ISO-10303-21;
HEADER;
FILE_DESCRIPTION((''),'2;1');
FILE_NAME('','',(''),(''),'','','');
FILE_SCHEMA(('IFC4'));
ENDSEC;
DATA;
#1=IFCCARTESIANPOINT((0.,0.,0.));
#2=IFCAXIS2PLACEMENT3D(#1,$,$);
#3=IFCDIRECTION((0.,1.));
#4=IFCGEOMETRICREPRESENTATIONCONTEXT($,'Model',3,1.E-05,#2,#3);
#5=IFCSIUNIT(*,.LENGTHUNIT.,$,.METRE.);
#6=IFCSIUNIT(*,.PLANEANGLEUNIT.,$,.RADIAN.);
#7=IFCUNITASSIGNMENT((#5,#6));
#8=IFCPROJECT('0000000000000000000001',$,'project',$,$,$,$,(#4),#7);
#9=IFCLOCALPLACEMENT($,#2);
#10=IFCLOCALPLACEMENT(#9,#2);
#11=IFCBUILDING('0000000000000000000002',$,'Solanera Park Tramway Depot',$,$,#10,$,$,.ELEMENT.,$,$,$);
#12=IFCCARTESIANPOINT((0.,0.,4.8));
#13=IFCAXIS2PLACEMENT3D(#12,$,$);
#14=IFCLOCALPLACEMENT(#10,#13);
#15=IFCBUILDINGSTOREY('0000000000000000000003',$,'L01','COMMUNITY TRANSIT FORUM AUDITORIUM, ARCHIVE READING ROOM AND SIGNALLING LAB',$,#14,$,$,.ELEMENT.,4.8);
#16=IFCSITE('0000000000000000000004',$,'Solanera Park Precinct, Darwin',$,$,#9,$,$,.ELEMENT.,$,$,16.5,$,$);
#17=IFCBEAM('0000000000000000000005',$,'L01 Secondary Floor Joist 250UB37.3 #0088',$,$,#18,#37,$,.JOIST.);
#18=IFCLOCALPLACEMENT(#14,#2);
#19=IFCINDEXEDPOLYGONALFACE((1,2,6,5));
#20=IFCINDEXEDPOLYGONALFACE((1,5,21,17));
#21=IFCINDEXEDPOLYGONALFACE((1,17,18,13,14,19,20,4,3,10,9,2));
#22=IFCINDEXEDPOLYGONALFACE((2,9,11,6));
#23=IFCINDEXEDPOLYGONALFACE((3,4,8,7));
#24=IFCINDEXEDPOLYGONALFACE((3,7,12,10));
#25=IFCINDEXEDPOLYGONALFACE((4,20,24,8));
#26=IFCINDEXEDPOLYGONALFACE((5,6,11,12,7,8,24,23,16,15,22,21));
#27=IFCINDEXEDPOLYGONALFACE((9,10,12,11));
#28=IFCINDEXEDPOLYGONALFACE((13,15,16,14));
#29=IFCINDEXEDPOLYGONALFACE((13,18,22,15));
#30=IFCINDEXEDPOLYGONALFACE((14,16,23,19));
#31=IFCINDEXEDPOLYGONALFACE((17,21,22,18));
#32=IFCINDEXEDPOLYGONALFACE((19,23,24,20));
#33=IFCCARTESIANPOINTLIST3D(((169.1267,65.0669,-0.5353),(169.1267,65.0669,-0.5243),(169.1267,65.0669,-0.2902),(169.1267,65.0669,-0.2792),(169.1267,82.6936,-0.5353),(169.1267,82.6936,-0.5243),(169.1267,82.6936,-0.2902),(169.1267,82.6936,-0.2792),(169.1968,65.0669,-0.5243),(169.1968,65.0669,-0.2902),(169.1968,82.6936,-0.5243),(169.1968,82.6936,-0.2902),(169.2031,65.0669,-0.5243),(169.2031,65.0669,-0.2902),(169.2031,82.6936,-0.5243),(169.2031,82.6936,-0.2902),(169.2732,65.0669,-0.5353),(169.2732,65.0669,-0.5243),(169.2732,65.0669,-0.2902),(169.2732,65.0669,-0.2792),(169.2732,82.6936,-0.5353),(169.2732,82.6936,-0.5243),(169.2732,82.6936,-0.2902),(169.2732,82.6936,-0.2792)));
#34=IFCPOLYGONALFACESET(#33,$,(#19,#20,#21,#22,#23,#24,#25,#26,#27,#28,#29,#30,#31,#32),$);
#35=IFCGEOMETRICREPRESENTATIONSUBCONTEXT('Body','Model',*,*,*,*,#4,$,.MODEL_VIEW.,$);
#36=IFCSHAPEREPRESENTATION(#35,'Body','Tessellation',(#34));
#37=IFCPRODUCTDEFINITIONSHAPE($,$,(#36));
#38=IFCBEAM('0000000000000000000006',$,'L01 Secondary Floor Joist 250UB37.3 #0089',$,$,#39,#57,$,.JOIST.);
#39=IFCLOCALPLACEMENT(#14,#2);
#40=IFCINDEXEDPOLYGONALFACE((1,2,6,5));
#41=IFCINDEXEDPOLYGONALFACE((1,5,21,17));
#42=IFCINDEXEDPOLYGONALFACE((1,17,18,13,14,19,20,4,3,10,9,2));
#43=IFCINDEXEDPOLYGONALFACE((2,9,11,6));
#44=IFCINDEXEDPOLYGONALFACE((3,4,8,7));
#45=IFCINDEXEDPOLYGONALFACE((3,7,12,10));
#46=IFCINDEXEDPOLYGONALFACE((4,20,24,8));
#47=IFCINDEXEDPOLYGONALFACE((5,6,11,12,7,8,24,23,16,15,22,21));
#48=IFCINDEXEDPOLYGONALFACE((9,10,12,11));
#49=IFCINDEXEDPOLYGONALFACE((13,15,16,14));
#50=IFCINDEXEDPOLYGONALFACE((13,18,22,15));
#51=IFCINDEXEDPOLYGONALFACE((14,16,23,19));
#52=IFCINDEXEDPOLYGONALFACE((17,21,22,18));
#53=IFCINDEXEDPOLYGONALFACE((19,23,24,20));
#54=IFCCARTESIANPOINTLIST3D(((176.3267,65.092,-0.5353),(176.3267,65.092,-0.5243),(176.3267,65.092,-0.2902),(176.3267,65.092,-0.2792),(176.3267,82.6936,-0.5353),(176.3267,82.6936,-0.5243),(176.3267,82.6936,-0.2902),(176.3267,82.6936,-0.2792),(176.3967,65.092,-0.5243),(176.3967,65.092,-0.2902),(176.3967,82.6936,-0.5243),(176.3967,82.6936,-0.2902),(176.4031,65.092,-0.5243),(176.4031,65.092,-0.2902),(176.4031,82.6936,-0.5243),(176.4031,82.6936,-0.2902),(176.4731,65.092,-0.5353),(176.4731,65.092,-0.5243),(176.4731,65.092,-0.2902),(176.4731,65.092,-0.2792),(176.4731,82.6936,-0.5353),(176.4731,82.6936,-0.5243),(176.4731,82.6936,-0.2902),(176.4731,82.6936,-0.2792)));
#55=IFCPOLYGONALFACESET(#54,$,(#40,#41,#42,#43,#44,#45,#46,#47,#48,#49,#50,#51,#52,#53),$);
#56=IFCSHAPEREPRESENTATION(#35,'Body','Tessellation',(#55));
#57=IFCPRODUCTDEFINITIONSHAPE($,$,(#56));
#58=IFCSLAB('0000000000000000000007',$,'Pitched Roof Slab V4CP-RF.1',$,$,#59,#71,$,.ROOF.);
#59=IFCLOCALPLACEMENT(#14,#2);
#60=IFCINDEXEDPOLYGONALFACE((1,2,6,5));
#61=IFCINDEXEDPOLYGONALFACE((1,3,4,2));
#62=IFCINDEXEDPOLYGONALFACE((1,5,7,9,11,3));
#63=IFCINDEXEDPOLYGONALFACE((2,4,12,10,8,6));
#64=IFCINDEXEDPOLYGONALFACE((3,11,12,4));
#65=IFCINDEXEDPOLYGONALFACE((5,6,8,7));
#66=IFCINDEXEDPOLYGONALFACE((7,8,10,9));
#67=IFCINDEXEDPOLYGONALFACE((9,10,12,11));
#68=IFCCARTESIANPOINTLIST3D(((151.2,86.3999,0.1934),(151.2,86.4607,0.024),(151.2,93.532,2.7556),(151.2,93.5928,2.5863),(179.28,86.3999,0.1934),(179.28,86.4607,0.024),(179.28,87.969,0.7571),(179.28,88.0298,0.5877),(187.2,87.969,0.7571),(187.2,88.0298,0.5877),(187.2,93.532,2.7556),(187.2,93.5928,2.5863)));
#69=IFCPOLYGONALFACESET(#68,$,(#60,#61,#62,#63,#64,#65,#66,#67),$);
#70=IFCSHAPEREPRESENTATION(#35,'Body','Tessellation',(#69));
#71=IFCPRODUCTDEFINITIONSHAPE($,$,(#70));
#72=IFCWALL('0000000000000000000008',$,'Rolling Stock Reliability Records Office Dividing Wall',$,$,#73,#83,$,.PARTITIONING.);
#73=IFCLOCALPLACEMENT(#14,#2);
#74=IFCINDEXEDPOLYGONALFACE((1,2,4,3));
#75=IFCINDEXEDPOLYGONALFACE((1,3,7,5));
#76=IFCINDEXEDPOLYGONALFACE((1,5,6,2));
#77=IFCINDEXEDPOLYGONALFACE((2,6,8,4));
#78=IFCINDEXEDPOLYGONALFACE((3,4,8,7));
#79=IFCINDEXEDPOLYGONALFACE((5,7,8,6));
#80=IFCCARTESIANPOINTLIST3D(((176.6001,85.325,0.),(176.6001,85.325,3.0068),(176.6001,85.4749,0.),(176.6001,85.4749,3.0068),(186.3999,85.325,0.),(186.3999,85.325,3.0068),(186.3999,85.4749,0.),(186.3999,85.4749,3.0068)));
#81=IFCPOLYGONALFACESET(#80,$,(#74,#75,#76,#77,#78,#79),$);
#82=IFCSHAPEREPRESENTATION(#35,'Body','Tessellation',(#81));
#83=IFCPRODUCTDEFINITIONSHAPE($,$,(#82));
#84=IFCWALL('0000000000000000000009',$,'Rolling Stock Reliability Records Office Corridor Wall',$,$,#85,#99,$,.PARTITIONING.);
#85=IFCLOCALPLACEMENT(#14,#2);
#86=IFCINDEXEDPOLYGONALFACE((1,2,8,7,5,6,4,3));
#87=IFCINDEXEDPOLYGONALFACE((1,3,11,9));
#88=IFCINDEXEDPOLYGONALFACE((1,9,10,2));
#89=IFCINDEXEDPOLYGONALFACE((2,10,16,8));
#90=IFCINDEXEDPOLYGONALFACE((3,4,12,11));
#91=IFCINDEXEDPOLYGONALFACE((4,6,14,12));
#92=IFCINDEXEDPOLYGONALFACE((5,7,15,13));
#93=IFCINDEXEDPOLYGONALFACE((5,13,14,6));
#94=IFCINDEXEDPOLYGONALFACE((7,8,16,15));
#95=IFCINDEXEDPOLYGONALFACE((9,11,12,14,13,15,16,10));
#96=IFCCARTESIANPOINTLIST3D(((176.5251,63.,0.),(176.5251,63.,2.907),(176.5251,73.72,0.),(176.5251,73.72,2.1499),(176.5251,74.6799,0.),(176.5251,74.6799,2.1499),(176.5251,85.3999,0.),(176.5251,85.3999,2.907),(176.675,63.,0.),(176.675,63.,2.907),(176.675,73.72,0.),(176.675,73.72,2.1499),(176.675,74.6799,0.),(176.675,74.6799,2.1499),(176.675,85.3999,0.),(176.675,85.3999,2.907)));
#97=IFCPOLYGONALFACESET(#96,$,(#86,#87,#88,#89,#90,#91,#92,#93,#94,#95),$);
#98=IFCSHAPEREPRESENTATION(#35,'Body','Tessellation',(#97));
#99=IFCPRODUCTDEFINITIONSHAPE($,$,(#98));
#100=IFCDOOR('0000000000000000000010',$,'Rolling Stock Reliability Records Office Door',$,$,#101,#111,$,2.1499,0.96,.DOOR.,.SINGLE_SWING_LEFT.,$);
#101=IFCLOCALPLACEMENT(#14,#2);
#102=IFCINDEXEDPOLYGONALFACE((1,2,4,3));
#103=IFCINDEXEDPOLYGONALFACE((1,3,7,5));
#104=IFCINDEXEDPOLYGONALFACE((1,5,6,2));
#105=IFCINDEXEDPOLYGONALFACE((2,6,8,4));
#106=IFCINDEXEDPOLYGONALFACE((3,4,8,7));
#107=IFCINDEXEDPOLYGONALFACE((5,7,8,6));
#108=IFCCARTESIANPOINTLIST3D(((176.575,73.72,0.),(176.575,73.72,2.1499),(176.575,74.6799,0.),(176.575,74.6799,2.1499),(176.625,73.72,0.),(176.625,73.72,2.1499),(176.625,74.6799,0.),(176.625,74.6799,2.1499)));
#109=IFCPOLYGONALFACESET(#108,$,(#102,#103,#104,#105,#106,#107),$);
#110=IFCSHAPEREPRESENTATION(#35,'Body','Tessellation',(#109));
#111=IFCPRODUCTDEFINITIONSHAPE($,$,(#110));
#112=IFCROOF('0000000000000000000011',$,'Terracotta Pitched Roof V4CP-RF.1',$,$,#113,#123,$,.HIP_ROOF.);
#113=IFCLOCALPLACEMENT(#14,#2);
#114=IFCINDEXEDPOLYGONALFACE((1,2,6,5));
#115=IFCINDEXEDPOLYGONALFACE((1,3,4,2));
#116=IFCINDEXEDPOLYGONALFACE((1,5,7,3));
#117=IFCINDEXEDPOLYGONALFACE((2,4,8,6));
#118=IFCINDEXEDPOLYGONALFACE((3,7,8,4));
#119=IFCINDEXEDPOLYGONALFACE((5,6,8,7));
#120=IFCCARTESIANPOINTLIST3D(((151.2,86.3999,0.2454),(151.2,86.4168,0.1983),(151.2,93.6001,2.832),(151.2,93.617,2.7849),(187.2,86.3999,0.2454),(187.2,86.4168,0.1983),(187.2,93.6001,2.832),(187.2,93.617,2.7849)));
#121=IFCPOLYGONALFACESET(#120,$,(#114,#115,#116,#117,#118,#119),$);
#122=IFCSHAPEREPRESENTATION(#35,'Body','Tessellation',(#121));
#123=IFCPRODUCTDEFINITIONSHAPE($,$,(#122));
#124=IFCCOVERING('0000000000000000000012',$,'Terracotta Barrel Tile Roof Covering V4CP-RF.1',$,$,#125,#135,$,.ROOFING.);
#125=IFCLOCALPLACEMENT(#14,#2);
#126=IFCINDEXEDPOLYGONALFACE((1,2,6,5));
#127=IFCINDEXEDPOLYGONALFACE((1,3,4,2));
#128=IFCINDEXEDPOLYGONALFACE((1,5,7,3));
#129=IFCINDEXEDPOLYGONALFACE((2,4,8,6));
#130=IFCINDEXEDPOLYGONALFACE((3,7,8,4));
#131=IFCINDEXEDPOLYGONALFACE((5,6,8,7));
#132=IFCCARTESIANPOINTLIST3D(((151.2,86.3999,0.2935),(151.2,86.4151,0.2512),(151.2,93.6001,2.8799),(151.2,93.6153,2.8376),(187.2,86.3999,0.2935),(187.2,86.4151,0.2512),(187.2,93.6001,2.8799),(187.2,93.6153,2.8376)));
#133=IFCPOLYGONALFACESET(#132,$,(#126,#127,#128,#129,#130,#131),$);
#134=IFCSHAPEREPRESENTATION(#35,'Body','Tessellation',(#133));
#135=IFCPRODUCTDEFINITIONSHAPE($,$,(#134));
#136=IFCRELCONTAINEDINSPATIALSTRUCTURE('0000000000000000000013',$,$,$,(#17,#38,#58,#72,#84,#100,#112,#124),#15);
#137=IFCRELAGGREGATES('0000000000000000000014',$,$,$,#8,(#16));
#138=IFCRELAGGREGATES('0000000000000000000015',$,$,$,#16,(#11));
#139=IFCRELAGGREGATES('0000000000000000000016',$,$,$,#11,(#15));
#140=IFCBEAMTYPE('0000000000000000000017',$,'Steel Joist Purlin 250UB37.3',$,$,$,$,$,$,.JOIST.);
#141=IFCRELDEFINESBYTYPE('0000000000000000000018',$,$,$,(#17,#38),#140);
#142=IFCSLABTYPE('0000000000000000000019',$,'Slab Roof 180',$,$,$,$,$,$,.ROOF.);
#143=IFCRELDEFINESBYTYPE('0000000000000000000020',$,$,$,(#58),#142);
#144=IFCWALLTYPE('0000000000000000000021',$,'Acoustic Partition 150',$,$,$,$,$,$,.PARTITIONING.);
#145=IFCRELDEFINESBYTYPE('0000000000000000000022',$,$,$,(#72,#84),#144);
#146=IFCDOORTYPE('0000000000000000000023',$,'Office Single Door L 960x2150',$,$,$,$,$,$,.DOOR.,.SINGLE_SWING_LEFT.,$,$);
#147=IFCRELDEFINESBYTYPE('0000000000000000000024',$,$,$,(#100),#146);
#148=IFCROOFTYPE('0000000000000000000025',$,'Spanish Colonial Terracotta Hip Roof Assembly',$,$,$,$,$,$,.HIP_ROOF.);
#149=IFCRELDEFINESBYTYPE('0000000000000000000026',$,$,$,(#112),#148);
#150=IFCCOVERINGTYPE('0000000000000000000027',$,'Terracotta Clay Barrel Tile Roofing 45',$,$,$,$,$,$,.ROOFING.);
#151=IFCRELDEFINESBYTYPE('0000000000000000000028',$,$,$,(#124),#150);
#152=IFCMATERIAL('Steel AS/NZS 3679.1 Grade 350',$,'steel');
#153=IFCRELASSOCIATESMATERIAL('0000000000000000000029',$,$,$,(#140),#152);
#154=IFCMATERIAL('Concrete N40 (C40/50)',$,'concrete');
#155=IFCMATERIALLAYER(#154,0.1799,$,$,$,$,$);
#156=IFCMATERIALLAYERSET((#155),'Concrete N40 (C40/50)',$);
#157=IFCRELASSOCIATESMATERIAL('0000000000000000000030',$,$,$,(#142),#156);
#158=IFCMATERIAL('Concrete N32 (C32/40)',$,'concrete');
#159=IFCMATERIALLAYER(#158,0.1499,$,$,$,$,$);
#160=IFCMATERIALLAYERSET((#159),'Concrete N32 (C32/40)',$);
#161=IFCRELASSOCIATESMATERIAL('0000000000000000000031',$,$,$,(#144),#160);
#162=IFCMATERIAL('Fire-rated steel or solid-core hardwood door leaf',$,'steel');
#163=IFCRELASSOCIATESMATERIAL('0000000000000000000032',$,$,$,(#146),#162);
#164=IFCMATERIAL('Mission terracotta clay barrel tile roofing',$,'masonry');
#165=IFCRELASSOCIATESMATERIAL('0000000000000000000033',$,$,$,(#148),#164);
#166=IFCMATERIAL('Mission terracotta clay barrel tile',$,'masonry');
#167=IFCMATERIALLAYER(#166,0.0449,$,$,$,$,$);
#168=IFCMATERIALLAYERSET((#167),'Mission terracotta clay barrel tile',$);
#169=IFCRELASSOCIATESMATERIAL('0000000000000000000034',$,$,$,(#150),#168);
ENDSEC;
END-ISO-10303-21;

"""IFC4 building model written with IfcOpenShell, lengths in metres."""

from ifc_helpers import new_model, si_unit, direction, frame, frame_2d, origin, origin_2d, place, context, subcontext, project, spatial, polyline, rectangle, i_section, outline, extrude, material, layer, layer_set, material_profile, profile_set, type_object, element, fill, save


model = new_model("IFC4")

# Units and contexts
model_context = context("Model", 3, precision=1e-05, world=origin(), true_north=direction((0.0, 1.0)))
body_context = subcontext(model_context, "Body", "Model", "MODEL_VIEW")
ifc_project = project(units=[si_unit("LENGTHUNIT", "METRE"), si_unit("PLANEANGLEUNIT", "RADIAN")], contexts=[model_context])

# Site, building, storey
site_placement = place(None, origin())
site = spatial("IfcSite", under=ifc_project, at=site_placement, Name="Solanera Park Precinct, Darwin", CompositionType="ELEMENT", RefElevation=16.5)
building_placement = place(site_placement, origin())
building = spatial("IfcBuilding", under=site, at=building_placement, Name="Solanera Park Tramway Depot", CompositionType="ELEMENT")
storey_placement = place(building_placement, frame((0.0, 0.0, 4.8)))
storey = spatial("IfcBuildingStorey", under=building, at=storey_placement, Name="L01", Description="COMMUNITY TRANSIT FORUM AUDITORIUM, ARCHIVE READING ROOM AND SIGNALLING LAB", CompositionType="ELEMENT", Elevation=4.8)

# Beams
ifc_material_1 = material(Name="Steel AS/NZS 3679.1 Grade 350", Category="steel")
ifc_material_profile_1 = material_profile(ifc_material_1, i_section(OverallWidth=0.1465, OverallDepth=0.2561, WebThickness=0.0063, FlangeThickness=0.011, at=origin_2d()), Name="250UB37.3")
ifc_profile_set_1 = profile_set([ifc_material_profile_1], Name="Steel AS/NZS 3679.1 Grade 350")
beam_type_1 = type_object("IfcBeamType", Name="Steel Joist Purlin 250UB37.3", PredefinedType="JOIST", material=ifc_profile_set_1)
beam_1_placement = place(storey_placement, frame((169.2, 65.0669, -0.4072), z_axis=(0.0, 1.0, 0.0), x_axis=(-1.0, 0.0, 0.0)))
element("IfcBeam", 1, at=beam_1_placement, inside=storey, type_object=beam_type_1, Name="L01 Secondary Floor Joist 250UB37.3 #0088", PredefinedType="JOIST", context=body_context, shape_type="SweptSolid", body=[
    extrude(i_section(OverallWidth=0.1465, OverallDepth=0.2561, WebThickness=0.0063, FlangeThickness=0.011, at=origin_2d()), origin(), (0.0, 0.0, 1.0), 17.6267),
])
beam_2_placement = place(storey_placement, frame((176.3999, 65.092, -0.4072), z_axis=(0.0, 1.0, 0.0), x_axis=(-1.0, 0.0, 0.0)))
element("IfcBeam", 2, at=beam_2_placement, inside=storey, type_object=beam_type_1, Name="L01 Secondary Floor Joist 250UB37.3 #0089", PredefinedType="JOIST", context=body_context, shape_type="SweptSolid", body=[
    extrude(i_section(OverallWidth=0.1465, OverallDepth=0.2561, WebThickness=0.0063, FlangeThickness=0.011, at=origin_2d()), origin(), (0.0, 0.0, 1.0), 17.6016),
])

# Slab
ifc_material_2 = material(Name="Concrete N40 (C40/50)", Category="concrete")
ifc_layer_1 = layer(ifc_material_2, 0.1799)
ifc_layer_set_1 = layer_set([ifc_layer_1], Name="Concrete N40 (C40/50)")
slab_type = type_object("IfcSlabType", Name="Slab Roof 180", PredefinedType="ROOF", material=ifc_layer_set_1)
slab_placement = place(storey_placement, frame((151.2, 86.3999, 0.1934), z_axis=(0.0, -0.338101, 0.94111), x_axis=(1.0, 0.0, 0.0)))
element("IfcSlab", 3, at=slab_placement, inside=storey, type_object=slab_type, Name="Pitched Roof Slab V4CP-RF.1", PredefinedType="ROOF", context=body_context, shape_type="SweptSolid", body=[
    extrude(outline(polyline([(0.0, 0.0), (28.0801, 0.0), (28.0801, 1.6673), (36.0, 1.6673), (36.0, 7.5784), (0.0, 7.5784), (0.0, 0.0)])), origin(), (0.0, 0.0, -1.0), 0.1799),
])

# Wall
ifc_material_3 = material(Name="Concrete N32 (C32/40)", Category="concrete")
ifc_layer_2 = layer(ifc_material_3, 0.1499)
ifc_layer_set_2 = layer_set([ifc_layer_2], Name="Concrete N32 (C32/40)")
wall_type = type_object("IfcWallType", Name="Acoustic Partition 150", PredefinedType="PARTITIONING", material=ifc_layer_set_2)
wall_1_placement = place(storey_placement, frame((176.6001, 85.3999, 0.0), z_axis=(0.0, 0.0, 1.0), x_axis=(1.0, 0.0, 0.0)))
element("IfcWall", 4, at=wall_1_placement, inside=storey, type_object=wall_type, Name="Rolling Stock Reliability Records Office Dividing Wall", PredefinedType="PARTITIONING", context=body_context, shape_type="SweptSolid", body=[
    extrude(rectangle(XDim=9.7998, YDim=0.1499, at=frame_2d((4.8999, 0.0))), origin(), (0.0, 0.0, 1.0), 3.0068),
])

# Wall, opening, door
wall_2_placement = place(storey_placement, frame((176.6001, 85.3999, 0.0), z_axis=(0.0, 0.0, 1.0), x_axis=(0.0, -1.0, 0.0)))
wall_2 = element("IfcWall", 5, at=wall_2_placement, inside=storey, type_object=wall_type, Name="Rolling Stock Reliability Records Office Corridor Wall", PredefinedType="PARTITIONING", context=body_context, shape_type="SweptSolid", body=[
    extrude(rectangle(XDim=22.3999, YDim=0.1499, at=frame_2d((11.2, 0.0))), origin(), (0.0, 0.0, 1.0), 2.907),
])
opening_placement = place(wall_2_placement, frame((10.72, 0.0, 0.0)))
opening = element("IfcOpeningElement", 6, at=opening_placement, cuts=wall_2, PredefinedType="OPENING", context=body_context, shape_type="SweptSolid", body=[
    extrude(rectangle(XDim=0.96, YDim=2.1499, at=frame_2d((0.48, 1.075))), frame((0.0, 0.085, 0.0), z_axis=(0.0, -1.0, 0.0), x_axis=(1.0, 0.0, 0.0)), (0.0, 0.0, 1.0), 0.1699),
])
ifc_material_4 = material(Name="Fire-rated steel or solid-core hardwood door leaf", Category="steel")
door_type = type_object("IfcDoorType", Name="Office Single Door L 960x2150", OperationType="SINGLE_SWING_LEFT", PredefinedType="DOOR", material=ifc_material_4)
door_placement = place(opening_placement, origin())
door = element("IfcDoor", 7, at=door_placement, inside=storey, type_object=door_type, Name="Rolling Stock Reliability Records Office Door", OperationType="SINGLE_SWING_LEFT", OverallHeight=2.1499, OverallWidth=0.96, PredefinedType="DOOR", context=body_context, shape_type="SweptSolid", body=[
    extrude(rectangle(XDim=0.96, YDim=2.1499, at=frame_2d((0.48, 1.075))), frame((0.0, 0.0249, 0.0), z_axis=(0.0, -1.0, 0.0), x_axis=(1.0, 0.0, 0.0)), (0.0, 0.0, 1.0), 0.05),
])
fill(opening, door)

# Roof
ifc_material_5 = material(Name="Mission terracotta clay barrel tile roofing", Category="masonry")
roof_type = type_object("IfcRoofType", Name="Spanish Colonial Terracotta Hip Roof Assembly", PredefinedType="HIP_ROOF", material=ifc_material_5)
roof_placement = place(storey_placement, frame((151.2, 86.3999, 0.2454), z_axis=(0.0, -0.338095, 0.941112), x_axis=(1.0, 0.0, 0.0)))
element("IfcRoof", 8, at=roof_placement, inside=storey, type_object=roof_type, Name="Terracotta Pitched Roof V4CP-RF.1", PredefinedType="HIP_ROOF", context=body_context, shape_type="SweptSolid", body=[
    extrude(outline(polyline([(0.0, 0.0), (36.0, 0.0), (36.0, 7.6507), (0.0, 7.6507), (0.0, 0.0)])), origin(), (0.0, 0.0, -1.0), 0.05),
])

# Covering
ifc_material_6 = material(Name="Mission terracotta clay barrel tile", Category="masonry")
ifc_layer_3 = layer(ifc_material_6, 0.0449)
ifc_layer_set_3 = layer_set([ifc_layer_3], Name="Mission terracotta clay barrel tile")
covering_type = type_object("IfcCoveringType", Name="Terracotta Clay Barrel Tile Roofing 45", PredefinedType="ROOFING", material=ifc_layer_set_3)
covering_placement = place(storey_placement, frame((151.2, 86.3999, 0.2935), z_axis=(0.0, -0.338066, 0.941122), x_axis=(1.0, 0.0, 0.0)))
element("IfcCovering", 9, at=covering_placement, inside=storey, type_object=covering_type, Name="Terracotta Barrel Tile Roof Covering V4CP-RF.1", PredefinedType="ROOFING", context=body_context, shape_type="SweptSolid", body=[
    extrude(outline(polyline([(0.0, 0.0), (36.0, 0.0), (36.0, 7.6506), (0.0, 7.6506), (0.0, 0.0)])), origin(), (0.0, 0.0, -1.0), 0.0449),
])

save(model, "model.ifc")
